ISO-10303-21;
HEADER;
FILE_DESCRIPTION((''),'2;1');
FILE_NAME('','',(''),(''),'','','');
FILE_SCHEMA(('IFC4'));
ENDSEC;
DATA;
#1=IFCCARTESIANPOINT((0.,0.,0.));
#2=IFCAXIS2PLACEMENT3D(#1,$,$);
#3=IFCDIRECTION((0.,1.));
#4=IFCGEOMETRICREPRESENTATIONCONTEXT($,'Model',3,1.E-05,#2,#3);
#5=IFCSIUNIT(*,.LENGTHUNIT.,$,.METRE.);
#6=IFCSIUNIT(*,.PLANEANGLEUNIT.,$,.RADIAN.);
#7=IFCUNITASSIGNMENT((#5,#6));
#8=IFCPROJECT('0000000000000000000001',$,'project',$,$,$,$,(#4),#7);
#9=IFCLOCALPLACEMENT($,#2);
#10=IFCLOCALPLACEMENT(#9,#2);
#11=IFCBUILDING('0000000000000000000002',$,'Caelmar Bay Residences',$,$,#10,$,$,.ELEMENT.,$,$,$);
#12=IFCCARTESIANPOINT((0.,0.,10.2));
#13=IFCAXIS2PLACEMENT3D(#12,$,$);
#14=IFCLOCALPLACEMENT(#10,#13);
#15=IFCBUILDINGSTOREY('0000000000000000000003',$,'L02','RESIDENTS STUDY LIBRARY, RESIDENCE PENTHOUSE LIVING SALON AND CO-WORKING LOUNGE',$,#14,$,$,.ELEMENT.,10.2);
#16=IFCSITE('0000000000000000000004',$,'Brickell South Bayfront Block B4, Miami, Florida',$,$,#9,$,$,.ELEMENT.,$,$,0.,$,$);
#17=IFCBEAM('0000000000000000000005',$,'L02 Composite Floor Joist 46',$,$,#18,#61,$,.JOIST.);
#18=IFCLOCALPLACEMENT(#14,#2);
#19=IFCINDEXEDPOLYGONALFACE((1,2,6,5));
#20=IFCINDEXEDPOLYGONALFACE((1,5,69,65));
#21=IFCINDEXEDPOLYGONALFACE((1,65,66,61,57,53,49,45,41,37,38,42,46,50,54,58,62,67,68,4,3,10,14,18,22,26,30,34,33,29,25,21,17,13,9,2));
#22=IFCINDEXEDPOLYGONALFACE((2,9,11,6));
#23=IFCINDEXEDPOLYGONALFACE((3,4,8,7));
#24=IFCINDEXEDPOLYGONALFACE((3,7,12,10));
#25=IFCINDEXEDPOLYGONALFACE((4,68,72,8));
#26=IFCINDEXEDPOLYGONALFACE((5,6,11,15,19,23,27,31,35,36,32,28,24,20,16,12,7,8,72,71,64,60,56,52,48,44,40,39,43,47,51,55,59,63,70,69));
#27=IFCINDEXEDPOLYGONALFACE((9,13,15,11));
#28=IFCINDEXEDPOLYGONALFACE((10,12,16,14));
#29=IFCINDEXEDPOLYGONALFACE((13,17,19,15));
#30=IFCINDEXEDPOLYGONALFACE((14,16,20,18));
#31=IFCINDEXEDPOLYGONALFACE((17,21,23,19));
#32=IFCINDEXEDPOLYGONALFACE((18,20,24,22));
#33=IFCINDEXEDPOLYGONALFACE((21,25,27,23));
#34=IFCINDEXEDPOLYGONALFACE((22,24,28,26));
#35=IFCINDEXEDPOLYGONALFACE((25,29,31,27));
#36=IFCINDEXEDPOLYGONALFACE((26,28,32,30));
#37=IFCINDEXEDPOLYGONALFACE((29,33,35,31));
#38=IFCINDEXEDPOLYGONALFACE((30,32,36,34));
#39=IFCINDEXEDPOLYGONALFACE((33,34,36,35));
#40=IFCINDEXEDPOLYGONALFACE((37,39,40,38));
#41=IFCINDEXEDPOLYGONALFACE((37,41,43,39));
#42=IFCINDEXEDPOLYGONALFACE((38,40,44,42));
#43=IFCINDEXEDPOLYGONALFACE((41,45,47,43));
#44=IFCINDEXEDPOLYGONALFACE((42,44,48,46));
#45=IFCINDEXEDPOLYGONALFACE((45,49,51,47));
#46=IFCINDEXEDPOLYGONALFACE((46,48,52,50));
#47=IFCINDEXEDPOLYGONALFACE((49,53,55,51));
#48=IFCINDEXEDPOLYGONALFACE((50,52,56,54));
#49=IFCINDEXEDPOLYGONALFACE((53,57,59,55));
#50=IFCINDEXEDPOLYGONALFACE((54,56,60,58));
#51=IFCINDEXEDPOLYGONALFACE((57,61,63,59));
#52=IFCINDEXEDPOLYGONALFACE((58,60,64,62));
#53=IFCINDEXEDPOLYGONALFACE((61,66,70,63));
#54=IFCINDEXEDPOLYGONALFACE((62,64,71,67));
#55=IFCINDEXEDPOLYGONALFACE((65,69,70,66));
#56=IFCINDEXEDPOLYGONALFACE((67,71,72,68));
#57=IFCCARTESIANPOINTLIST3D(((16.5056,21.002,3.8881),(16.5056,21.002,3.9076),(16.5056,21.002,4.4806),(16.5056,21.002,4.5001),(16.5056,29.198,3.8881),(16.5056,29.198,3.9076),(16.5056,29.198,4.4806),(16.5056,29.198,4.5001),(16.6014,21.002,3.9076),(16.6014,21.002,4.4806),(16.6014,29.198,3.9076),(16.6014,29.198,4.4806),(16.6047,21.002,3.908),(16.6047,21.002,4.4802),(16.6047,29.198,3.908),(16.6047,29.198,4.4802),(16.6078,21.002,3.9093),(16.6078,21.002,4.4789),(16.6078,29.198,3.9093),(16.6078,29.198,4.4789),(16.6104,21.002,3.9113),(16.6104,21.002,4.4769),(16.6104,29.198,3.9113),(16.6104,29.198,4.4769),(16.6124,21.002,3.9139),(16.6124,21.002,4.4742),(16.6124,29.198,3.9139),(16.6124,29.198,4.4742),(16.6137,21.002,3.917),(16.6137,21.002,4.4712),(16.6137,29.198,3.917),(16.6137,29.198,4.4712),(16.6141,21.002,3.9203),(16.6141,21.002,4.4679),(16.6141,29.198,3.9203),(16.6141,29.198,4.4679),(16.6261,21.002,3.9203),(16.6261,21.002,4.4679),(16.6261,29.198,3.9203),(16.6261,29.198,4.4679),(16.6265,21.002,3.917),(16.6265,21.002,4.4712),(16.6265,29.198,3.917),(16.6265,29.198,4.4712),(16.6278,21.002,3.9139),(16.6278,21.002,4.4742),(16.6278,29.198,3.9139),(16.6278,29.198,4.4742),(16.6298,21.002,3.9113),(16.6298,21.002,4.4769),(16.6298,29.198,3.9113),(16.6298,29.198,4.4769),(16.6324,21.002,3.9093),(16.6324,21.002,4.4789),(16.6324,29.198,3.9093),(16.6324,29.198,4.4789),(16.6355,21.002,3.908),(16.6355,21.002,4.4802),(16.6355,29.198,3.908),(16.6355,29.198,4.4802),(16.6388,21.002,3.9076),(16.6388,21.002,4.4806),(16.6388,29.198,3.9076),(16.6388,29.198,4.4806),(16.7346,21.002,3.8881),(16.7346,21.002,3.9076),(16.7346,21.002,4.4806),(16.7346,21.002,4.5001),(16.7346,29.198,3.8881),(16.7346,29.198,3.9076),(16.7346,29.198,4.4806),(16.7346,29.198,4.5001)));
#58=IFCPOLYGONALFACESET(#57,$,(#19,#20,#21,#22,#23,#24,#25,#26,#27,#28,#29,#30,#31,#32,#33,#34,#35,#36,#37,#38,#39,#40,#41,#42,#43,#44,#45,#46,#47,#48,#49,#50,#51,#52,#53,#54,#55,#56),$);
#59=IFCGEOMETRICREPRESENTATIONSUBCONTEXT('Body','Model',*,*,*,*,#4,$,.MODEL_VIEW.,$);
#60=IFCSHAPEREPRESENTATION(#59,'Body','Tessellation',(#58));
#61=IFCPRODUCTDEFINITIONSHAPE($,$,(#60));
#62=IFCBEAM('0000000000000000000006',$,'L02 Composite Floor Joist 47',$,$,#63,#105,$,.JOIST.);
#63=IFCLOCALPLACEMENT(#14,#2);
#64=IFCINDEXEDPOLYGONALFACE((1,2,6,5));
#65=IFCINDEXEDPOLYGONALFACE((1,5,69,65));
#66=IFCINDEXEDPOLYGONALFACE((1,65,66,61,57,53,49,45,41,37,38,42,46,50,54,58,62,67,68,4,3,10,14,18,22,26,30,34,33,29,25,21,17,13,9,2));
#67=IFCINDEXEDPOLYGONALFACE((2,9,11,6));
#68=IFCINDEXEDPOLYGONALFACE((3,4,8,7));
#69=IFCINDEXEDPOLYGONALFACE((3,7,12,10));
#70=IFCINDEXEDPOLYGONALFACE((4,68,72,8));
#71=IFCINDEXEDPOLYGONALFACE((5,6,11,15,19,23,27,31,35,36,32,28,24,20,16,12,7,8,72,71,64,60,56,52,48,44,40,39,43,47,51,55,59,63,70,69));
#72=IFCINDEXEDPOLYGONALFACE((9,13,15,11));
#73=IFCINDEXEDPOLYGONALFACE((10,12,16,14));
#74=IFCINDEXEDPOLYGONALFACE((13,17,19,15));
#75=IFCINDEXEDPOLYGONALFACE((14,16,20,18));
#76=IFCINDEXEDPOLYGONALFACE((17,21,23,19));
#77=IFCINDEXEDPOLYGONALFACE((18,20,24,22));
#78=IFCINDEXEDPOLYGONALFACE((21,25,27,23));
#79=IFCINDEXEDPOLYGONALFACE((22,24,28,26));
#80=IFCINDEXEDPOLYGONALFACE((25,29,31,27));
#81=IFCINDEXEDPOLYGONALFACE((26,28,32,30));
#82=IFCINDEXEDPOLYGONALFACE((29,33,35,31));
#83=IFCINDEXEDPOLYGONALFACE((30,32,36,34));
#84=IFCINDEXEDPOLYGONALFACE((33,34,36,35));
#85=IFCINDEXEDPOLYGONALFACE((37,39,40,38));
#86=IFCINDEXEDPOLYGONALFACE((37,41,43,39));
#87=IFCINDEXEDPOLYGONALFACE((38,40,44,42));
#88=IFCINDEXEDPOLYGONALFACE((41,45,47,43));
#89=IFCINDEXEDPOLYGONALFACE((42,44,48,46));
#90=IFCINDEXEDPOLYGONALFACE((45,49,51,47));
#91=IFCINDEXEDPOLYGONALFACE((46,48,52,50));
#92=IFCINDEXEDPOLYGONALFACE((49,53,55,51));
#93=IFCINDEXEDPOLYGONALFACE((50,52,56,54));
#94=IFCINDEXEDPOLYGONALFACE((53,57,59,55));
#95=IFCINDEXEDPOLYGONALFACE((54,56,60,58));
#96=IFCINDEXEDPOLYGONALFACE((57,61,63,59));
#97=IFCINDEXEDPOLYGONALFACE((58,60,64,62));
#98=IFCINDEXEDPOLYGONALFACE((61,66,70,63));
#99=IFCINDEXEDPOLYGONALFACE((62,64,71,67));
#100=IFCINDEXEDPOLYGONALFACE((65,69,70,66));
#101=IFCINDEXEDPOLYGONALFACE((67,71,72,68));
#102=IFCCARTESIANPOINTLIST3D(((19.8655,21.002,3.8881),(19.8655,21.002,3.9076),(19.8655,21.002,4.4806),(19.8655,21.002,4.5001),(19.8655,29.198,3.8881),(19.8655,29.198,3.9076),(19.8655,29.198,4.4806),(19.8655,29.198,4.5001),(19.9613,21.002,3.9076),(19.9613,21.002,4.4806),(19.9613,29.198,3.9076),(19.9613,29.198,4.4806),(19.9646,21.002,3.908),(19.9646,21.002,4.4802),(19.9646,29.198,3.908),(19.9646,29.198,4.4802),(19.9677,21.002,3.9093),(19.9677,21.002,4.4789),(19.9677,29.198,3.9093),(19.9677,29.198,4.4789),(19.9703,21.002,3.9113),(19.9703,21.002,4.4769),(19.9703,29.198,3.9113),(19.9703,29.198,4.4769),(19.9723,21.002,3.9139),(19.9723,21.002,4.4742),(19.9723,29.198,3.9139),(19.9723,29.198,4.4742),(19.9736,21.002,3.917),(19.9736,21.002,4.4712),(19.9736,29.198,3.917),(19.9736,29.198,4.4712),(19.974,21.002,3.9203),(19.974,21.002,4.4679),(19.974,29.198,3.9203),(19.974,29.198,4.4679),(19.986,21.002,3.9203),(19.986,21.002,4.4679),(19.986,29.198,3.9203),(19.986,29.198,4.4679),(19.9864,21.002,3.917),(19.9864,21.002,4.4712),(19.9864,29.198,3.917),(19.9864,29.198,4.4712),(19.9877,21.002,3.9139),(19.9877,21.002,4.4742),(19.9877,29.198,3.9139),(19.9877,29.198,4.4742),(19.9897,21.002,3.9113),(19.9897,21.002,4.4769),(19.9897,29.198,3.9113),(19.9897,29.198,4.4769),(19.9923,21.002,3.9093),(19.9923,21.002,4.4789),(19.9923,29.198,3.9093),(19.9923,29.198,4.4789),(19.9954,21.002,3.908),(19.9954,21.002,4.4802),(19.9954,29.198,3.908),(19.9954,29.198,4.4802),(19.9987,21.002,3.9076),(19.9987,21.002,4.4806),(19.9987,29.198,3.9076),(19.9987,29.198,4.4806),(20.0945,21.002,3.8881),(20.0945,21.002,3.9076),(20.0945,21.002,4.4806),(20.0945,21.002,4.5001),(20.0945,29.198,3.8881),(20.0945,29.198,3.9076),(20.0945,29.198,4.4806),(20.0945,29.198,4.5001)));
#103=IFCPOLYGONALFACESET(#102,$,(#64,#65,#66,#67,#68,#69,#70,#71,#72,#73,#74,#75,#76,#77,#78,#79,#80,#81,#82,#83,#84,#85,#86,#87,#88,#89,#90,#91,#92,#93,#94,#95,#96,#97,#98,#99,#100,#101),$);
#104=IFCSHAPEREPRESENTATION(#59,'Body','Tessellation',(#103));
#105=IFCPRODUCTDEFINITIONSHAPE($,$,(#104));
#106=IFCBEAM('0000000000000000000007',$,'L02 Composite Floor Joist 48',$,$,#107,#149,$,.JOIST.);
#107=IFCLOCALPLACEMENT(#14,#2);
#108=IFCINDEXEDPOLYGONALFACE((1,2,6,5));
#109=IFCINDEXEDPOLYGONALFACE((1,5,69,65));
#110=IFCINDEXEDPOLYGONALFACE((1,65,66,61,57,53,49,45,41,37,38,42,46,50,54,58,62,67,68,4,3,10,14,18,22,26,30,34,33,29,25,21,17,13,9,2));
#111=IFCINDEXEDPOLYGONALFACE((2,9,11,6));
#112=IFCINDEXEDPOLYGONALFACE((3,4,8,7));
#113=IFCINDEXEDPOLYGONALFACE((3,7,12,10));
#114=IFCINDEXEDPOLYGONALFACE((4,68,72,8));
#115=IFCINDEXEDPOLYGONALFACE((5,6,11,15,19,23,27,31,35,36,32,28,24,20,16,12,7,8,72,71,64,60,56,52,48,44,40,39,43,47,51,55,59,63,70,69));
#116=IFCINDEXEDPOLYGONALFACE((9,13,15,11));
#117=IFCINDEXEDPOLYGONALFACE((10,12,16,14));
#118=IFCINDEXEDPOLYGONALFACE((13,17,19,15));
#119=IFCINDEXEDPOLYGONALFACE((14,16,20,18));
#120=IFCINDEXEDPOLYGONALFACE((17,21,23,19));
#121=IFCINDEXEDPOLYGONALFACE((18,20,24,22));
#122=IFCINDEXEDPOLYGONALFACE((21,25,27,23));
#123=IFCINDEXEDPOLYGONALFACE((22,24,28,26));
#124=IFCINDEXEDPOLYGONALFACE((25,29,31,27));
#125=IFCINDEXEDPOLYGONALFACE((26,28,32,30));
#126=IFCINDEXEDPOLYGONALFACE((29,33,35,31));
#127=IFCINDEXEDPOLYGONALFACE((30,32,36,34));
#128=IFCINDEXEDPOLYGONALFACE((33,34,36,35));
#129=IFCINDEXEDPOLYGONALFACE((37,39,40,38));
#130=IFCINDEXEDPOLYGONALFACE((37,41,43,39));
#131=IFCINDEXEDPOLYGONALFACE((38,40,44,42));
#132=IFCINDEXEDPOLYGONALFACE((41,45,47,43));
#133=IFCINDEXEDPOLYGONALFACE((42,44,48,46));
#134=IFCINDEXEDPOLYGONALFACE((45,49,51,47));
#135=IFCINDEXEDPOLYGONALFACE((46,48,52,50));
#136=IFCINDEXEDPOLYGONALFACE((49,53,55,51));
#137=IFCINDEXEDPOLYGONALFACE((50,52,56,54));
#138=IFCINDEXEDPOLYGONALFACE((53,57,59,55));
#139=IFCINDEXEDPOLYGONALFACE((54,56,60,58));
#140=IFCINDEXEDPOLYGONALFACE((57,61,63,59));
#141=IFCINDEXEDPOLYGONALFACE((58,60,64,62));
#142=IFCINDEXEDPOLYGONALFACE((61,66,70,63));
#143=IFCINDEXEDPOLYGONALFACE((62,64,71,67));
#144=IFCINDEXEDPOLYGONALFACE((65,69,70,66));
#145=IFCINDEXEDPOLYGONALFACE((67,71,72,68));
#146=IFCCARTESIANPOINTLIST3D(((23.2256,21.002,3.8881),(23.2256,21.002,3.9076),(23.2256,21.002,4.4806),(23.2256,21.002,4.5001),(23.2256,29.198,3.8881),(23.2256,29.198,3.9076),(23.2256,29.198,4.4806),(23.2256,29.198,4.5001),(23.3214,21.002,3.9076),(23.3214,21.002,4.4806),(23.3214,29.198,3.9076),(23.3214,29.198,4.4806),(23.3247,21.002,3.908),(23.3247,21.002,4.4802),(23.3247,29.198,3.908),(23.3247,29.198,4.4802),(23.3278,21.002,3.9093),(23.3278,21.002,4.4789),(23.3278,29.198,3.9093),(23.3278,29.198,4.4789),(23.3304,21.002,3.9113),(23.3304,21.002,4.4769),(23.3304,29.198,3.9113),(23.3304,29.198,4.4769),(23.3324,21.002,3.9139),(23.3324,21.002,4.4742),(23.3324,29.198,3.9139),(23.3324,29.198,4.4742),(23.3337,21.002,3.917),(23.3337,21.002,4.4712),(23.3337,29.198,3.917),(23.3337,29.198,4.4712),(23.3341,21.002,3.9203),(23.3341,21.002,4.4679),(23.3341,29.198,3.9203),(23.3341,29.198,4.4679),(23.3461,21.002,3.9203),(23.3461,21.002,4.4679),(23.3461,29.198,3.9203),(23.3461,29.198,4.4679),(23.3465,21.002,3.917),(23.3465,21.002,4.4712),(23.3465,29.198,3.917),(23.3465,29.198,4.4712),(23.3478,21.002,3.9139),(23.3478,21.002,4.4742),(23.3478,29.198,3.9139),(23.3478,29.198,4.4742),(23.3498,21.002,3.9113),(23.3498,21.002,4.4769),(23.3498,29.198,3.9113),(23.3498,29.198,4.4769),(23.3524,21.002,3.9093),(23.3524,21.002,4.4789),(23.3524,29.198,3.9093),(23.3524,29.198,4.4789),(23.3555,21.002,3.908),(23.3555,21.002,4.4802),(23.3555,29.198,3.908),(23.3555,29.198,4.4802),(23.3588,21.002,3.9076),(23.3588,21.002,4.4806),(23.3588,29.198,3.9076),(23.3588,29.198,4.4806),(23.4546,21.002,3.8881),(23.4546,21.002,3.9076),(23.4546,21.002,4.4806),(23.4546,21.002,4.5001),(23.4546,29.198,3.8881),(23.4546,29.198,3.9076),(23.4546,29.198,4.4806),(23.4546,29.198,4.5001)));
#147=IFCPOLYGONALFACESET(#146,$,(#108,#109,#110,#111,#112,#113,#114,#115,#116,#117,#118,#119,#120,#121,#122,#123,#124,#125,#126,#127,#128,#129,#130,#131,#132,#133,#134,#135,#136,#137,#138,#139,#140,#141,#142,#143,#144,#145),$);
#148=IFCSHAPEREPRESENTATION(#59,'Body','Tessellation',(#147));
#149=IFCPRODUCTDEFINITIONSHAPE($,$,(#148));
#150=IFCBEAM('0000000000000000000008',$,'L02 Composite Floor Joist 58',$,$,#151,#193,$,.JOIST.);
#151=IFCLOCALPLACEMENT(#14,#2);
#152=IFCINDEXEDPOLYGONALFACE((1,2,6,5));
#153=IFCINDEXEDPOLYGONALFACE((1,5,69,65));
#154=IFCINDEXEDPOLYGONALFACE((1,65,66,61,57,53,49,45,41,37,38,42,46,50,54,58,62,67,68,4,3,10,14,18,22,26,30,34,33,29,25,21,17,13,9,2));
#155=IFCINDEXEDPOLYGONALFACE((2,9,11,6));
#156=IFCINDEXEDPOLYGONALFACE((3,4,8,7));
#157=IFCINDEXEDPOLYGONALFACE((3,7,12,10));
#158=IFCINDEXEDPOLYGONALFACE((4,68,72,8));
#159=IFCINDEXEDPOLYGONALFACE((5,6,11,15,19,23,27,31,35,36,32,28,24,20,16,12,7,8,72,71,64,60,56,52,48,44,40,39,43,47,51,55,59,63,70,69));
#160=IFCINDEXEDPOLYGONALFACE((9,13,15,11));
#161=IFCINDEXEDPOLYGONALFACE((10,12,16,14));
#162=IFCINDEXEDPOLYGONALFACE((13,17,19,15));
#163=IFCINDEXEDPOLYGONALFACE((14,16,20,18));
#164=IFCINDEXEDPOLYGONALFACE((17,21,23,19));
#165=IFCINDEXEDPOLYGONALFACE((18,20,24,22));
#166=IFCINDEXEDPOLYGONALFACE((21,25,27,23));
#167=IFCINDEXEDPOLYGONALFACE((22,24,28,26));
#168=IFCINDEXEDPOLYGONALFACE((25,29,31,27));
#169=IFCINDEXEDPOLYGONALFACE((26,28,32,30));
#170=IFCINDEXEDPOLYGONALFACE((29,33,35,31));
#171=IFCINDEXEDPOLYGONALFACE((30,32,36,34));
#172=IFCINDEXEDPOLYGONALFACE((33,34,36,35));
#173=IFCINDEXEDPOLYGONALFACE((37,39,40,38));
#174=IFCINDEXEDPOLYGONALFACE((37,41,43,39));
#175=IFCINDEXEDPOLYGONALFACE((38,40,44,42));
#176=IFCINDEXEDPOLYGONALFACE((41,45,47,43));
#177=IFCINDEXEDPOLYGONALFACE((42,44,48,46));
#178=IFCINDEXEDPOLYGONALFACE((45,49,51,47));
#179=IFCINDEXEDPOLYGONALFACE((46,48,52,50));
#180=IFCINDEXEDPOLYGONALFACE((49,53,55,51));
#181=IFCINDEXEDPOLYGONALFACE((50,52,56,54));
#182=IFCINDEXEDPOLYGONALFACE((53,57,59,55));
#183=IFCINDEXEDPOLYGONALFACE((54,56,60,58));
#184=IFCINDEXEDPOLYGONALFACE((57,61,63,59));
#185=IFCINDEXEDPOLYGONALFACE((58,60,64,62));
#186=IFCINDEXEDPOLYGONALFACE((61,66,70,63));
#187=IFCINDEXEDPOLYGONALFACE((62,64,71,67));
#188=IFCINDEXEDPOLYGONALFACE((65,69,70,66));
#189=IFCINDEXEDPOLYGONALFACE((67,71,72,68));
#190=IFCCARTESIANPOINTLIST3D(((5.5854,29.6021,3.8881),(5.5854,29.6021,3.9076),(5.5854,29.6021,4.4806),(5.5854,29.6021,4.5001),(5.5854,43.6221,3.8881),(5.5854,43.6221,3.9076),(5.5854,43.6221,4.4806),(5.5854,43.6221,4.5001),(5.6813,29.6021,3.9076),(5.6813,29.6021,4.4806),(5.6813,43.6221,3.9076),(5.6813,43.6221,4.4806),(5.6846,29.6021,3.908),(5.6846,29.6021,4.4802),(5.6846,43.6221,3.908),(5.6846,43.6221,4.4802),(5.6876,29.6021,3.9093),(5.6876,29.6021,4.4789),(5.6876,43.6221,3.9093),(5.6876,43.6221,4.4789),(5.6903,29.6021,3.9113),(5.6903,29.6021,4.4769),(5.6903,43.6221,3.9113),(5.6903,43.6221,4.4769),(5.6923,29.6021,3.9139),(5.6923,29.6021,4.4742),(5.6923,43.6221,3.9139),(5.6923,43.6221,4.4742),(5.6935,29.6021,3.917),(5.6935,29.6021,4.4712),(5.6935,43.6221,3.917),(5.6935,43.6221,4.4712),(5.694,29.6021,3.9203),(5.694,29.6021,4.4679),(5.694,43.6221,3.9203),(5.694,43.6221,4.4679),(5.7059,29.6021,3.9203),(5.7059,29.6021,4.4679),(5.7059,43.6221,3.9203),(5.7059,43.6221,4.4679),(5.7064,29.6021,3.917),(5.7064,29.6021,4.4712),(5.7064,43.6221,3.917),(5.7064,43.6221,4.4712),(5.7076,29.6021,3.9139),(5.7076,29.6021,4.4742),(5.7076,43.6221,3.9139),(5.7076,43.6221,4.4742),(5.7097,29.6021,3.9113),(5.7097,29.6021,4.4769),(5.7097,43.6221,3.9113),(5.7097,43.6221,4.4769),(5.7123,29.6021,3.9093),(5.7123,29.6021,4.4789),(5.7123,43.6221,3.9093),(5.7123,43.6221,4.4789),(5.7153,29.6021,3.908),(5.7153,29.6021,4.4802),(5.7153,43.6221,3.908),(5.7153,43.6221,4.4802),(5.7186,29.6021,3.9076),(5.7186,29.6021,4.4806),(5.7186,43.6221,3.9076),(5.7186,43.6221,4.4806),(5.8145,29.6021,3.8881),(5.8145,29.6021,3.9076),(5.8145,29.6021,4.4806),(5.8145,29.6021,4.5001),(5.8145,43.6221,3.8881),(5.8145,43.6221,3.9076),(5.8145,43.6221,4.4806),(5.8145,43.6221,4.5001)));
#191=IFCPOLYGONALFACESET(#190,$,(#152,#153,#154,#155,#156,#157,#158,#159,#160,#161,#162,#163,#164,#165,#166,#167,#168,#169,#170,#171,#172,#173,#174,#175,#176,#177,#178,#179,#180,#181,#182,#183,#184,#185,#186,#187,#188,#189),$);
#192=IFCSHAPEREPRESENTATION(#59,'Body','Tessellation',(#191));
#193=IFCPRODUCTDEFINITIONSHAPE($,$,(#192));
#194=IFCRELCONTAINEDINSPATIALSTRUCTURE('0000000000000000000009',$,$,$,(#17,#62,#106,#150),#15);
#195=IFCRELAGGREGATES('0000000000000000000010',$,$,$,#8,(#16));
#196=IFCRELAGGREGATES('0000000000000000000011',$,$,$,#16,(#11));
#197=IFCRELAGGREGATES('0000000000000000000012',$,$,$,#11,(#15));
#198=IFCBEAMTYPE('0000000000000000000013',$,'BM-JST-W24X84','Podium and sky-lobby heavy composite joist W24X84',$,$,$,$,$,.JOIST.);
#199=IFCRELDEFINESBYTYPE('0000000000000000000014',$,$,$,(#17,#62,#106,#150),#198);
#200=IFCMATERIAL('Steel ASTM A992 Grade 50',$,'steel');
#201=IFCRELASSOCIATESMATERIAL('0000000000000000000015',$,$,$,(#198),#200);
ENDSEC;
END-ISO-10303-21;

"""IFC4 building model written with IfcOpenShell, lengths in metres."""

from ifc_helpers import new_model, si_unit, direction, frame, origin, origin_2d, place, context, subcontext, project, spatial, i_section, extrude, material, material_profile, profile_set, type_object, element, save


model = new_model("IFC4")

# Units and contexts
model_context = context("Model", 3, precision=1e-05, world=origin(), true_north=direction((0.0, 1.0)))
body_context = subcontext(model_context, "Body", "Model", "MODEL_VIEW")
ifc_project = project(units=[si_unit("LENGTHUNIT", "METRE"), si_unit("PLANEANGLEUNIT", "RADIAN")], contexts=[model_context])

# Site, building, storey
site_placement = place(None, origin())
site = spatial("IfcSite", under=ifc_project, at=site_placement, Name="Brickell South Bayfront Block B4, Miami, Florida", CompositionType="ELEMENT", RefElevation=0.0)
building_placement = place(site_placement, origin())
building = spatial("IfcBuilding", under=site, at=building_placement, Name="Caelmar Bay Residences", CompositionType="ELEMENT")
storey_placement = place(building_placement, frame((0.0, 0.0, 10.2)))
storey = spatial("IfcBuildingStorey", under=building, at=storey_placement, Name="L02", Description="RESIDENTS STUDY LIBRARY, RESIDENCE PENTHOUSE LIVING SALON AND CO-WORKING LOUNGE", CompositionType="ELEMENT", Elevation=10.2)

# Beams
ifc_material_1 = material(Name="Steel ASTM A992 Grade 50", Category="steel")
ifc_material_profile_1 = material_profile(ifc_material_1, i_section(OverallWidth=0.229, OverallDepth=0.6121, WebThickness=0.012, FlangeThickness=0.0195, FilletRadius=0.0127, at=origin_2d()), Name="W24X84")
ifc_profile_set_1 = profile_set([ifc_material_profile_1], Name="Steel ASTM A992 Grade 50")
beam_type_1 = type_object("IfcBeamType", Name="BM-JST-W24X84", Description="Podium and sky-lobby heavy composite joist W24X84", PredefinedType="JOIST", material=ifc_profile_set_1)
for number, where, z_axis, x_axis, name in (
    (1, (16.6201, 21.002, 4.1941), (0.0, 1.0, 0.0), (-1.0, 0.0, 0.0), "L02 Composite Floor Joist 46"),
    (2, (19.98, 21.002, 4.1941), (0.0, 1.0, 0.0), (-1.0, 0.0, 0.0), "L02 Composite Floor Joist 47"),
    (3, (23.3401, 21.002, 4.1941), (0.0, 1.0, 0.0), (-1.0, 0.0, 0.0), "L02 Composite Floor Joist 48"),
):
    element("IfcBeam", number, at=place(storey_placement, frame(where, z_axis=z_axis, x_axis=x_axis)), inside=storey, type_object=beam_type_1, Name=name, PredefinedType="JOIST", context=body_context, shape_type="SweptSolid", body=[
        extrude(i_section(OverallWidth=0.229, OverallDepth=0.6121, WebThickness=0.012, FlangeThickness=0.0195, FilletRadius=0.0127, at=origin_2d()), origin(), (0.0, 0.0, 1.0), 8.196),
    ])
beam_1_placement = place(storey_placement, frame((5.7, 29.6021, 4.1941), z_axis=(0.0, 1.0, 0.0), x_axis=(-1.0, 0.0, 0.0)))
element("IfcBeam", 4, at=beam_1_placement, inside=storey, type_object=beam_type_1, Name="L02 Composite Floor Joist 58", PredefinedType="JOIST", context=body_context, shape_type="SweptSolid", body=[
    extrude(i_section(OverallWidth=0.229, OverallDepth=0.6121, WebThickness=0.012, FlangeThickness=0.0195, FilletRadius=0.0127, at=origin_2d()), origin(), (0.0, 0.0, 1.0), 14.02),
])

save(model, "model.ifc")
